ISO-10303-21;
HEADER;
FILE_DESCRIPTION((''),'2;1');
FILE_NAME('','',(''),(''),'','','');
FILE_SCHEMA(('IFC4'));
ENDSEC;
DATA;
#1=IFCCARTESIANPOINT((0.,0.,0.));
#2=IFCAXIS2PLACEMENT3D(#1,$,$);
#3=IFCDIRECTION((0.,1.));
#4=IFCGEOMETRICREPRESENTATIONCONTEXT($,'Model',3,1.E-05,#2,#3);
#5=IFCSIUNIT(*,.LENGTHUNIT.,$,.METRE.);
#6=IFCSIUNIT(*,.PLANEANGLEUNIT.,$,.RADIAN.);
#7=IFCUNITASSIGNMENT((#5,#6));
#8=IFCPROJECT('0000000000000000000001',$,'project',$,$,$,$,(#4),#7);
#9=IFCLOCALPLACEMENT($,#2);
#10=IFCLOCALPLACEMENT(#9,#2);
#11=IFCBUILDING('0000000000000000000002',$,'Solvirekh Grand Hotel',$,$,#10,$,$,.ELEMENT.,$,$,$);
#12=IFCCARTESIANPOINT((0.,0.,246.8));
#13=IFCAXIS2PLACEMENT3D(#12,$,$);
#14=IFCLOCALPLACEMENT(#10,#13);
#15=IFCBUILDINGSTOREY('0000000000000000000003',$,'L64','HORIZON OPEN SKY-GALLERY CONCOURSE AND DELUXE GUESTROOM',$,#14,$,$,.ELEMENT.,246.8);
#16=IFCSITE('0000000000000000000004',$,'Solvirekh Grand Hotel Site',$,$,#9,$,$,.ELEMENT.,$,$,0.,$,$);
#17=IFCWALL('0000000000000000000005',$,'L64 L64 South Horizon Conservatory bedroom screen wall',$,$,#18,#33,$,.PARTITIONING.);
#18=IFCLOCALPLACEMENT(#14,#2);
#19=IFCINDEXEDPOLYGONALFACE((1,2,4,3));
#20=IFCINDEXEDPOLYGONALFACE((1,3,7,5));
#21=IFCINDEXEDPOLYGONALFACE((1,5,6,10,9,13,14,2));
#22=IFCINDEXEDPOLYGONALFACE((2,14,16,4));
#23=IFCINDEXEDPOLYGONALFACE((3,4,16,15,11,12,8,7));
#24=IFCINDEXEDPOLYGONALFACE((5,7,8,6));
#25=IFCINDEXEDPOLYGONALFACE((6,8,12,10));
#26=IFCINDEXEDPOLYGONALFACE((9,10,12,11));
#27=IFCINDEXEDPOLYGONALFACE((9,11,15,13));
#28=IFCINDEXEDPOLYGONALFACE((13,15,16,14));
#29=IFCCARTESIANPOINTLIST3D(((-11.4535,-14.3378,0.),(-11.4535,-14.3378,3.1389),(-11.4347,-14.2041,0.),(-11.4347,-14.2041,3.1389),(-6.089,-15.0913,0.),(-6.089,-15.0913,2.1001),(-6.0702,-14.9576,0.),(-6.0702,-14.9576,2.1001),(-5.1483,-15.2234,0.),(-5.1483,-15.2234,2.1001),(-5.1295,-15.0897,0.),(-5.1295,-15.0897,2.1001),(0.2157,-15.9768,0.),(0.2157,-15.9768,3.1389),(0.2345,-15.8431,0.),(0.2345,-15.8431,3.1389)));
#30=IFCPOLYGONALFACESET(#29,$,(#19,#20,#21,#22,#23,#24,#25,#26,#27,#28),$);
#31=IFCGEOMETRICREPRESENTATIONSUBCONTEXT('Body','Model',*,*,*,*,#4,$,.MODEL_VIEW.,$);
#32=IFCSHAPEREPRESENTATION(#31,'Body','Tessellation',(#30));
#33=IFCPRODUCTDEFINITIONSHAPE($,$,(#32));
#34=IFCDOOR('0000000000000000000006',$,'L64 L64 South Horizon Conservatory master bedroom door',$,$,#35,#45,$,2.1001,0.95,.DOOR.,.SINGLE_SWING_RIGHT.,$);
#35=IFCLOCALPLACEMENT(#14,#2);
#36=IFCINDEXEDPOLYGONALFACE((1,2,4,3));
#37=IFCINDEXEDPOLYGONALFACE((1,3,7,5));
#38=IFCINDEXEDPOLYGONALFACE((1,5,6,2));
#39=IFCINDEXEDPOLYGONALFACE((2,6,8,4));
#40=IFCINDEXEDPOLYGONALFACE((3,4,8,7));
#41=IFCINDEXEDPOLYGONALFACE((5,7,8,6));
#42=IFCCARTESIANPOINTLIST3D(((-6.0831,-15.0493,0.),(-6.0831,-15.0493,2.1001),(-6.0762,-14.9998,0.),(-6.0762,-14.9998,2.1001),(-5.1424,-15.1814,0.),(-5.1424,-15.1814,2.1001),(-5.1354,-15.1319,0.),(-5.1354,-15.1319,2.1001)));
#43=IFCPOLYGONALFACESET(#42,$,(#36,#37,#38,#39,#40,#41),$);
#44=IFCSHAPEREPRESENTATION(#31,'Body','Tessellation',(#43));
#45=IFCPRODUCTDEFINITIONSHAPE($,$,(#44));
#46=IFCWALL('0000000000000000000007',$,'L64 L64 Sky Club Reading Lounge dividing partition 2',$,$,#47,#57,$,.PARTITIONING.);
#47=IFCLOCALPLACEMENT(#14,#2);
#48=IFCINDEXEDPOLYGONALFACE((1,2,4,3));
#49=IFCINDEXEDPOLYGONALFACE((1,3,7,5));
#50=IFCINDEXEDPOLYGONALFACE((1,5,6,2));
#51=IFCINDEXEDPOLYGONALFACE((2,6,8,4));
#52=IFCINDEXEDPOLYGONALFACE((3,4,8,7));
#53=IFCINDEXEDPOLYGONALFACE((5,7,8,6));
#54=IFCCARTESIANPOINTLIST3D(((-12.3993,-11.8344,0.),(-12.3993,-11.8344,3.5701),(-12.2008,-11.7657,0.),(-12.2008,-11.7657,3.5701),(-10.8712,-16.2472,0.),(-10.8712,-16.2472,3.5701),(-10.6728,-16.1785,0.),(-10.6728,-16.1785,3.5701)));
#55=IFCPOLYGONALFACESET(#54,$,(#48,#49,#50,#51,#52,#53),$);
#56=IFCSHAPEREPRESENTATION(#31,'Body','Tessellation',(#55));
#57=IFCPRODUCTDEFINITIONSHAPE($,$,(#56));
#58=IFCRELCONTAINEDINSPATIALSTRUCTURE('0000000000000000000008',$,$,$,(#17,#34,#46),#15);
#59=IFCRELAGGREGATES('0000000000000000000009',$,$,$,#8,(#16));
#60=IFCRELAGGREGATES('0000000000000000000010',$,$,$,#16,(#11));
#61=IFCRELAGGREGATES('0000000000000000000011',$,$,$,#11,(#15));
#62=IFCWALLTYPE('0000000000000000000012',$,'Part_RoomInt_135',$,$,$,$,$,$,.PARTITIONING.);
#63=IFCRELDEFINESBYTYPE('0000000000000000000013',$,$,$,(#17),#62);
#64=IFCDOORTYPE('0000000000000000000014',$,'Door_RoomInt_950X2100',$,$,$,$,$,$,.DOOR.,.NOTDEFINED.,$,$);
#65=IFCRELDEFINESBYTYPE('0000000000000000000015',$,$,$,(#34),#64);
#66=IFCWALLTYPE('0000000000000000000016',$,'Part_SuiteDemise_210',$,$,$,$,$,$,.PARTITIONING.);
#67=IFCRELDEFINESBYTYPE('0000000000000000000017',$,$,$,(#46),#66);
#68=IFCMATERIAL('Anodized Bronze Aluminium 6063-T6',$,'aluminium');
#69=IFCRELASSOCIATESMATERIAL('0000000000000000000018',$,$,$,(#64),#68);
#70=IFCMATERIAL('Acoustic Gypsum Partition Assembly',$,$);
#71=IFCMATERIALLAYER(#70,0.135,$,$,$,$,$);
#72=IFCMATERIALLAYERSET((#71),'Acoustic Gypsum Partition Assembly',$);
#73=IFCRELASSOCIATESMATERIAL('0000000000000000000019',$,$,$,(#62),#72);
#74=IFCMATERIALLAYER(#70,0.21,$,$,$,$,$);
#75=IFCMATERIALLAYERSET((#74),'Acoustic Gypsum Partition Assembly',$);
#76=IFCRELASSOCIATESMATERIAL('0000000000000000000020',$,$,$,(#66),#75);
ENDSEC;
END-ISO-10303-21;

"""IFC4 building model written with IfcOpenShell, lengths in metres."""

from ifc_helpers import new_model, si_unit, direction, frame, frame_2d, origin, place, context, subcontext, project, spatial, rectangle, extrude, material, layer, layer_set, type_object, element, fill, save


model = new_model("IFC4")

# Units and contexts
model_context = context("Model", 3, precision=1e-05, world=origin(), true_north=direction((0.0, 1.0)))
body_context = subcontext(model_context, "Body", "Model", "MODEL_VIEW")
ifc_project = project(units=[si_unit("LENGTHUNIT", "METRE"), si_unit("PLANEANGLEUNIT", "RADIAN")], contexts=[model_context])

# Site, building, storey
site_placement = place(None, origin())
site = spatial("IfcSite", under=ifc_project, at=site_placement, Name="Solvirekh Grand Hotel Site", CompositionType="ELEMENT", RefElevation=0.0)
building_placement = place(site_placement, origin())
building = spatial("IfcBuilding", under=site, at=building_placement, Name="Solvirekh Grand Hotel", CompositionType="ELEMENT")
storey_placement = place(building_placement, frame((0.0, 0.0, 246.8)))
storey = spatial("IfcBuildingStorey", under=building, at=storey_placement, Name="L64", Description="HORIZON OPEN SKY-GALLERY CONCOURSE AND DELUXE GUESTROOM", CompositionType="ELEMENT", Elevation=246.8)

# Shared definitions
ifc_material_1 = material(Name="Anodized Bronze Aluminium 6063-T6", Category="aluminium")

# Wall, opening, door
ifc_material_2 = material(Name="Acoustic Gypsum Partition Assembly")
door_type = type_object("IfcDoorType", Name="Door_RoomInt_950X2100", OperationType="NOTDEFINED", PredefinedType="DOOR", material=ifc_material_1)
ifc_layer_1 = layer(ifc_material_2, 0.135)
ifc_layer_set_1 = layer_set([ifc_layer_1], Name="Acoustic Gypsum Partition Assembly")
wall_type_1 = type_object("IfcWallType", Name="Part_RoomInt_135", PredefinedType="PARTITIONING", material=ifc_layer_set_1)
wall_1_placement = place(storey_placement, frame((-11.4441, -14.271, 0.0), z_axis=(0.0, 0.0, 1.0), x_axis=(0.990281, -0.139083, 0.0)))
wall_1 = element("IfcWall", 1, at=wall_1_placement, inside=storey, type_object=wall_type_1, Name="L64 L64 South Horizon Conservatory bedroom screen wall", PredefinedType="PARTITIONING", context=body_context, shape_type="SweptSolid", body=[
    extrude(rectangle(XDim=11.7837, YDim=0.135, at=frame_2d((5.8918, 0.0))), origin(), (0.0, 0.0, 1.0), 3.1389),
])
opening_1_placement = place(wall_1_placement, frame((5.417, 0.0, 0.0)))
opening_1 = element("IfcOpeningElement", 2, at=opening_1_placement, cuts=wall_1, PredefinedType="OPENING", context=body_context, shape_type="SweptSolid", body=[
    extrude(rectangle(XDim=0.95, YDim=2.1001, at=frame_2d((0.4751, 1.05))), frame((0.0, 0.0776, 0.0), z_axis=(0.0, -1.0, 0.0), x_axis=(1.0, 0.0, 0.0)), (0.0, 0.0, 1.0), 0.155),
])
door_1_placement = place(opening_1_placement, origin())
door_1 = element("IfcDoor", 3, at=door_1_placement, inside=storey, type_object=door_type, Name="L64 L64 South Horizon Conservatory master bedroom door", OperationType="SINGLE_SWING_RIGHT", OverallHeight=2.1001, OverallWidth=0.95, PredefinedType="DOOR", context=body_context, shape_type="SweptSolid", body=[
    extrude(rectangle(XDim=0.95, YDim=2.1001, at=frame_2d((0.4751, 1.05))), frame((0.0, 0.0249, 0.0), z_axis=(0.0, -1.0, 0.0), x_axis=(1.0, 0.0, 0.0)), (0.0, 0.0, 1.0), 0.05),
])
fill(opening_1, door_1)

# Wall
ifc_layer_2 = layer(ifc_material_2, 0.21)
ifc_layer_set_2 = layer_set([ifc_layer_2], Name="Acoustic Gypsum Partition Assembly")
wall_type_2 = type_object("IfcWallType", Name="Part_SuiteDemise_210", PredefinedType="PARTITIONING", material=ifc_layer_set_2)
wall_2_placement = place(storey_placement, frame((-12.3, -11.8, 0.0), z_axis=(0.0, 0.0, 1.0), x_axis=(0.327217, -0.944949, 0.0)))
element("IfcWall", 4, at=wall_2_placement, inside=storey, type_object=wall_type_2, Name="L64 L64 Sky Club Reading Lounge dividing partition 2", PredefinedType="PARTITIONING", context=body_context, shape_type="SweptSolid", body=[
    extrude(rectangle(XDim=4.6699, YDim=0.21, at=frame_2d((2.335, 0.0))), origin(), (0.0, 0.0, 1.0), 3.5701),
])

save(model, "model.ifc")
